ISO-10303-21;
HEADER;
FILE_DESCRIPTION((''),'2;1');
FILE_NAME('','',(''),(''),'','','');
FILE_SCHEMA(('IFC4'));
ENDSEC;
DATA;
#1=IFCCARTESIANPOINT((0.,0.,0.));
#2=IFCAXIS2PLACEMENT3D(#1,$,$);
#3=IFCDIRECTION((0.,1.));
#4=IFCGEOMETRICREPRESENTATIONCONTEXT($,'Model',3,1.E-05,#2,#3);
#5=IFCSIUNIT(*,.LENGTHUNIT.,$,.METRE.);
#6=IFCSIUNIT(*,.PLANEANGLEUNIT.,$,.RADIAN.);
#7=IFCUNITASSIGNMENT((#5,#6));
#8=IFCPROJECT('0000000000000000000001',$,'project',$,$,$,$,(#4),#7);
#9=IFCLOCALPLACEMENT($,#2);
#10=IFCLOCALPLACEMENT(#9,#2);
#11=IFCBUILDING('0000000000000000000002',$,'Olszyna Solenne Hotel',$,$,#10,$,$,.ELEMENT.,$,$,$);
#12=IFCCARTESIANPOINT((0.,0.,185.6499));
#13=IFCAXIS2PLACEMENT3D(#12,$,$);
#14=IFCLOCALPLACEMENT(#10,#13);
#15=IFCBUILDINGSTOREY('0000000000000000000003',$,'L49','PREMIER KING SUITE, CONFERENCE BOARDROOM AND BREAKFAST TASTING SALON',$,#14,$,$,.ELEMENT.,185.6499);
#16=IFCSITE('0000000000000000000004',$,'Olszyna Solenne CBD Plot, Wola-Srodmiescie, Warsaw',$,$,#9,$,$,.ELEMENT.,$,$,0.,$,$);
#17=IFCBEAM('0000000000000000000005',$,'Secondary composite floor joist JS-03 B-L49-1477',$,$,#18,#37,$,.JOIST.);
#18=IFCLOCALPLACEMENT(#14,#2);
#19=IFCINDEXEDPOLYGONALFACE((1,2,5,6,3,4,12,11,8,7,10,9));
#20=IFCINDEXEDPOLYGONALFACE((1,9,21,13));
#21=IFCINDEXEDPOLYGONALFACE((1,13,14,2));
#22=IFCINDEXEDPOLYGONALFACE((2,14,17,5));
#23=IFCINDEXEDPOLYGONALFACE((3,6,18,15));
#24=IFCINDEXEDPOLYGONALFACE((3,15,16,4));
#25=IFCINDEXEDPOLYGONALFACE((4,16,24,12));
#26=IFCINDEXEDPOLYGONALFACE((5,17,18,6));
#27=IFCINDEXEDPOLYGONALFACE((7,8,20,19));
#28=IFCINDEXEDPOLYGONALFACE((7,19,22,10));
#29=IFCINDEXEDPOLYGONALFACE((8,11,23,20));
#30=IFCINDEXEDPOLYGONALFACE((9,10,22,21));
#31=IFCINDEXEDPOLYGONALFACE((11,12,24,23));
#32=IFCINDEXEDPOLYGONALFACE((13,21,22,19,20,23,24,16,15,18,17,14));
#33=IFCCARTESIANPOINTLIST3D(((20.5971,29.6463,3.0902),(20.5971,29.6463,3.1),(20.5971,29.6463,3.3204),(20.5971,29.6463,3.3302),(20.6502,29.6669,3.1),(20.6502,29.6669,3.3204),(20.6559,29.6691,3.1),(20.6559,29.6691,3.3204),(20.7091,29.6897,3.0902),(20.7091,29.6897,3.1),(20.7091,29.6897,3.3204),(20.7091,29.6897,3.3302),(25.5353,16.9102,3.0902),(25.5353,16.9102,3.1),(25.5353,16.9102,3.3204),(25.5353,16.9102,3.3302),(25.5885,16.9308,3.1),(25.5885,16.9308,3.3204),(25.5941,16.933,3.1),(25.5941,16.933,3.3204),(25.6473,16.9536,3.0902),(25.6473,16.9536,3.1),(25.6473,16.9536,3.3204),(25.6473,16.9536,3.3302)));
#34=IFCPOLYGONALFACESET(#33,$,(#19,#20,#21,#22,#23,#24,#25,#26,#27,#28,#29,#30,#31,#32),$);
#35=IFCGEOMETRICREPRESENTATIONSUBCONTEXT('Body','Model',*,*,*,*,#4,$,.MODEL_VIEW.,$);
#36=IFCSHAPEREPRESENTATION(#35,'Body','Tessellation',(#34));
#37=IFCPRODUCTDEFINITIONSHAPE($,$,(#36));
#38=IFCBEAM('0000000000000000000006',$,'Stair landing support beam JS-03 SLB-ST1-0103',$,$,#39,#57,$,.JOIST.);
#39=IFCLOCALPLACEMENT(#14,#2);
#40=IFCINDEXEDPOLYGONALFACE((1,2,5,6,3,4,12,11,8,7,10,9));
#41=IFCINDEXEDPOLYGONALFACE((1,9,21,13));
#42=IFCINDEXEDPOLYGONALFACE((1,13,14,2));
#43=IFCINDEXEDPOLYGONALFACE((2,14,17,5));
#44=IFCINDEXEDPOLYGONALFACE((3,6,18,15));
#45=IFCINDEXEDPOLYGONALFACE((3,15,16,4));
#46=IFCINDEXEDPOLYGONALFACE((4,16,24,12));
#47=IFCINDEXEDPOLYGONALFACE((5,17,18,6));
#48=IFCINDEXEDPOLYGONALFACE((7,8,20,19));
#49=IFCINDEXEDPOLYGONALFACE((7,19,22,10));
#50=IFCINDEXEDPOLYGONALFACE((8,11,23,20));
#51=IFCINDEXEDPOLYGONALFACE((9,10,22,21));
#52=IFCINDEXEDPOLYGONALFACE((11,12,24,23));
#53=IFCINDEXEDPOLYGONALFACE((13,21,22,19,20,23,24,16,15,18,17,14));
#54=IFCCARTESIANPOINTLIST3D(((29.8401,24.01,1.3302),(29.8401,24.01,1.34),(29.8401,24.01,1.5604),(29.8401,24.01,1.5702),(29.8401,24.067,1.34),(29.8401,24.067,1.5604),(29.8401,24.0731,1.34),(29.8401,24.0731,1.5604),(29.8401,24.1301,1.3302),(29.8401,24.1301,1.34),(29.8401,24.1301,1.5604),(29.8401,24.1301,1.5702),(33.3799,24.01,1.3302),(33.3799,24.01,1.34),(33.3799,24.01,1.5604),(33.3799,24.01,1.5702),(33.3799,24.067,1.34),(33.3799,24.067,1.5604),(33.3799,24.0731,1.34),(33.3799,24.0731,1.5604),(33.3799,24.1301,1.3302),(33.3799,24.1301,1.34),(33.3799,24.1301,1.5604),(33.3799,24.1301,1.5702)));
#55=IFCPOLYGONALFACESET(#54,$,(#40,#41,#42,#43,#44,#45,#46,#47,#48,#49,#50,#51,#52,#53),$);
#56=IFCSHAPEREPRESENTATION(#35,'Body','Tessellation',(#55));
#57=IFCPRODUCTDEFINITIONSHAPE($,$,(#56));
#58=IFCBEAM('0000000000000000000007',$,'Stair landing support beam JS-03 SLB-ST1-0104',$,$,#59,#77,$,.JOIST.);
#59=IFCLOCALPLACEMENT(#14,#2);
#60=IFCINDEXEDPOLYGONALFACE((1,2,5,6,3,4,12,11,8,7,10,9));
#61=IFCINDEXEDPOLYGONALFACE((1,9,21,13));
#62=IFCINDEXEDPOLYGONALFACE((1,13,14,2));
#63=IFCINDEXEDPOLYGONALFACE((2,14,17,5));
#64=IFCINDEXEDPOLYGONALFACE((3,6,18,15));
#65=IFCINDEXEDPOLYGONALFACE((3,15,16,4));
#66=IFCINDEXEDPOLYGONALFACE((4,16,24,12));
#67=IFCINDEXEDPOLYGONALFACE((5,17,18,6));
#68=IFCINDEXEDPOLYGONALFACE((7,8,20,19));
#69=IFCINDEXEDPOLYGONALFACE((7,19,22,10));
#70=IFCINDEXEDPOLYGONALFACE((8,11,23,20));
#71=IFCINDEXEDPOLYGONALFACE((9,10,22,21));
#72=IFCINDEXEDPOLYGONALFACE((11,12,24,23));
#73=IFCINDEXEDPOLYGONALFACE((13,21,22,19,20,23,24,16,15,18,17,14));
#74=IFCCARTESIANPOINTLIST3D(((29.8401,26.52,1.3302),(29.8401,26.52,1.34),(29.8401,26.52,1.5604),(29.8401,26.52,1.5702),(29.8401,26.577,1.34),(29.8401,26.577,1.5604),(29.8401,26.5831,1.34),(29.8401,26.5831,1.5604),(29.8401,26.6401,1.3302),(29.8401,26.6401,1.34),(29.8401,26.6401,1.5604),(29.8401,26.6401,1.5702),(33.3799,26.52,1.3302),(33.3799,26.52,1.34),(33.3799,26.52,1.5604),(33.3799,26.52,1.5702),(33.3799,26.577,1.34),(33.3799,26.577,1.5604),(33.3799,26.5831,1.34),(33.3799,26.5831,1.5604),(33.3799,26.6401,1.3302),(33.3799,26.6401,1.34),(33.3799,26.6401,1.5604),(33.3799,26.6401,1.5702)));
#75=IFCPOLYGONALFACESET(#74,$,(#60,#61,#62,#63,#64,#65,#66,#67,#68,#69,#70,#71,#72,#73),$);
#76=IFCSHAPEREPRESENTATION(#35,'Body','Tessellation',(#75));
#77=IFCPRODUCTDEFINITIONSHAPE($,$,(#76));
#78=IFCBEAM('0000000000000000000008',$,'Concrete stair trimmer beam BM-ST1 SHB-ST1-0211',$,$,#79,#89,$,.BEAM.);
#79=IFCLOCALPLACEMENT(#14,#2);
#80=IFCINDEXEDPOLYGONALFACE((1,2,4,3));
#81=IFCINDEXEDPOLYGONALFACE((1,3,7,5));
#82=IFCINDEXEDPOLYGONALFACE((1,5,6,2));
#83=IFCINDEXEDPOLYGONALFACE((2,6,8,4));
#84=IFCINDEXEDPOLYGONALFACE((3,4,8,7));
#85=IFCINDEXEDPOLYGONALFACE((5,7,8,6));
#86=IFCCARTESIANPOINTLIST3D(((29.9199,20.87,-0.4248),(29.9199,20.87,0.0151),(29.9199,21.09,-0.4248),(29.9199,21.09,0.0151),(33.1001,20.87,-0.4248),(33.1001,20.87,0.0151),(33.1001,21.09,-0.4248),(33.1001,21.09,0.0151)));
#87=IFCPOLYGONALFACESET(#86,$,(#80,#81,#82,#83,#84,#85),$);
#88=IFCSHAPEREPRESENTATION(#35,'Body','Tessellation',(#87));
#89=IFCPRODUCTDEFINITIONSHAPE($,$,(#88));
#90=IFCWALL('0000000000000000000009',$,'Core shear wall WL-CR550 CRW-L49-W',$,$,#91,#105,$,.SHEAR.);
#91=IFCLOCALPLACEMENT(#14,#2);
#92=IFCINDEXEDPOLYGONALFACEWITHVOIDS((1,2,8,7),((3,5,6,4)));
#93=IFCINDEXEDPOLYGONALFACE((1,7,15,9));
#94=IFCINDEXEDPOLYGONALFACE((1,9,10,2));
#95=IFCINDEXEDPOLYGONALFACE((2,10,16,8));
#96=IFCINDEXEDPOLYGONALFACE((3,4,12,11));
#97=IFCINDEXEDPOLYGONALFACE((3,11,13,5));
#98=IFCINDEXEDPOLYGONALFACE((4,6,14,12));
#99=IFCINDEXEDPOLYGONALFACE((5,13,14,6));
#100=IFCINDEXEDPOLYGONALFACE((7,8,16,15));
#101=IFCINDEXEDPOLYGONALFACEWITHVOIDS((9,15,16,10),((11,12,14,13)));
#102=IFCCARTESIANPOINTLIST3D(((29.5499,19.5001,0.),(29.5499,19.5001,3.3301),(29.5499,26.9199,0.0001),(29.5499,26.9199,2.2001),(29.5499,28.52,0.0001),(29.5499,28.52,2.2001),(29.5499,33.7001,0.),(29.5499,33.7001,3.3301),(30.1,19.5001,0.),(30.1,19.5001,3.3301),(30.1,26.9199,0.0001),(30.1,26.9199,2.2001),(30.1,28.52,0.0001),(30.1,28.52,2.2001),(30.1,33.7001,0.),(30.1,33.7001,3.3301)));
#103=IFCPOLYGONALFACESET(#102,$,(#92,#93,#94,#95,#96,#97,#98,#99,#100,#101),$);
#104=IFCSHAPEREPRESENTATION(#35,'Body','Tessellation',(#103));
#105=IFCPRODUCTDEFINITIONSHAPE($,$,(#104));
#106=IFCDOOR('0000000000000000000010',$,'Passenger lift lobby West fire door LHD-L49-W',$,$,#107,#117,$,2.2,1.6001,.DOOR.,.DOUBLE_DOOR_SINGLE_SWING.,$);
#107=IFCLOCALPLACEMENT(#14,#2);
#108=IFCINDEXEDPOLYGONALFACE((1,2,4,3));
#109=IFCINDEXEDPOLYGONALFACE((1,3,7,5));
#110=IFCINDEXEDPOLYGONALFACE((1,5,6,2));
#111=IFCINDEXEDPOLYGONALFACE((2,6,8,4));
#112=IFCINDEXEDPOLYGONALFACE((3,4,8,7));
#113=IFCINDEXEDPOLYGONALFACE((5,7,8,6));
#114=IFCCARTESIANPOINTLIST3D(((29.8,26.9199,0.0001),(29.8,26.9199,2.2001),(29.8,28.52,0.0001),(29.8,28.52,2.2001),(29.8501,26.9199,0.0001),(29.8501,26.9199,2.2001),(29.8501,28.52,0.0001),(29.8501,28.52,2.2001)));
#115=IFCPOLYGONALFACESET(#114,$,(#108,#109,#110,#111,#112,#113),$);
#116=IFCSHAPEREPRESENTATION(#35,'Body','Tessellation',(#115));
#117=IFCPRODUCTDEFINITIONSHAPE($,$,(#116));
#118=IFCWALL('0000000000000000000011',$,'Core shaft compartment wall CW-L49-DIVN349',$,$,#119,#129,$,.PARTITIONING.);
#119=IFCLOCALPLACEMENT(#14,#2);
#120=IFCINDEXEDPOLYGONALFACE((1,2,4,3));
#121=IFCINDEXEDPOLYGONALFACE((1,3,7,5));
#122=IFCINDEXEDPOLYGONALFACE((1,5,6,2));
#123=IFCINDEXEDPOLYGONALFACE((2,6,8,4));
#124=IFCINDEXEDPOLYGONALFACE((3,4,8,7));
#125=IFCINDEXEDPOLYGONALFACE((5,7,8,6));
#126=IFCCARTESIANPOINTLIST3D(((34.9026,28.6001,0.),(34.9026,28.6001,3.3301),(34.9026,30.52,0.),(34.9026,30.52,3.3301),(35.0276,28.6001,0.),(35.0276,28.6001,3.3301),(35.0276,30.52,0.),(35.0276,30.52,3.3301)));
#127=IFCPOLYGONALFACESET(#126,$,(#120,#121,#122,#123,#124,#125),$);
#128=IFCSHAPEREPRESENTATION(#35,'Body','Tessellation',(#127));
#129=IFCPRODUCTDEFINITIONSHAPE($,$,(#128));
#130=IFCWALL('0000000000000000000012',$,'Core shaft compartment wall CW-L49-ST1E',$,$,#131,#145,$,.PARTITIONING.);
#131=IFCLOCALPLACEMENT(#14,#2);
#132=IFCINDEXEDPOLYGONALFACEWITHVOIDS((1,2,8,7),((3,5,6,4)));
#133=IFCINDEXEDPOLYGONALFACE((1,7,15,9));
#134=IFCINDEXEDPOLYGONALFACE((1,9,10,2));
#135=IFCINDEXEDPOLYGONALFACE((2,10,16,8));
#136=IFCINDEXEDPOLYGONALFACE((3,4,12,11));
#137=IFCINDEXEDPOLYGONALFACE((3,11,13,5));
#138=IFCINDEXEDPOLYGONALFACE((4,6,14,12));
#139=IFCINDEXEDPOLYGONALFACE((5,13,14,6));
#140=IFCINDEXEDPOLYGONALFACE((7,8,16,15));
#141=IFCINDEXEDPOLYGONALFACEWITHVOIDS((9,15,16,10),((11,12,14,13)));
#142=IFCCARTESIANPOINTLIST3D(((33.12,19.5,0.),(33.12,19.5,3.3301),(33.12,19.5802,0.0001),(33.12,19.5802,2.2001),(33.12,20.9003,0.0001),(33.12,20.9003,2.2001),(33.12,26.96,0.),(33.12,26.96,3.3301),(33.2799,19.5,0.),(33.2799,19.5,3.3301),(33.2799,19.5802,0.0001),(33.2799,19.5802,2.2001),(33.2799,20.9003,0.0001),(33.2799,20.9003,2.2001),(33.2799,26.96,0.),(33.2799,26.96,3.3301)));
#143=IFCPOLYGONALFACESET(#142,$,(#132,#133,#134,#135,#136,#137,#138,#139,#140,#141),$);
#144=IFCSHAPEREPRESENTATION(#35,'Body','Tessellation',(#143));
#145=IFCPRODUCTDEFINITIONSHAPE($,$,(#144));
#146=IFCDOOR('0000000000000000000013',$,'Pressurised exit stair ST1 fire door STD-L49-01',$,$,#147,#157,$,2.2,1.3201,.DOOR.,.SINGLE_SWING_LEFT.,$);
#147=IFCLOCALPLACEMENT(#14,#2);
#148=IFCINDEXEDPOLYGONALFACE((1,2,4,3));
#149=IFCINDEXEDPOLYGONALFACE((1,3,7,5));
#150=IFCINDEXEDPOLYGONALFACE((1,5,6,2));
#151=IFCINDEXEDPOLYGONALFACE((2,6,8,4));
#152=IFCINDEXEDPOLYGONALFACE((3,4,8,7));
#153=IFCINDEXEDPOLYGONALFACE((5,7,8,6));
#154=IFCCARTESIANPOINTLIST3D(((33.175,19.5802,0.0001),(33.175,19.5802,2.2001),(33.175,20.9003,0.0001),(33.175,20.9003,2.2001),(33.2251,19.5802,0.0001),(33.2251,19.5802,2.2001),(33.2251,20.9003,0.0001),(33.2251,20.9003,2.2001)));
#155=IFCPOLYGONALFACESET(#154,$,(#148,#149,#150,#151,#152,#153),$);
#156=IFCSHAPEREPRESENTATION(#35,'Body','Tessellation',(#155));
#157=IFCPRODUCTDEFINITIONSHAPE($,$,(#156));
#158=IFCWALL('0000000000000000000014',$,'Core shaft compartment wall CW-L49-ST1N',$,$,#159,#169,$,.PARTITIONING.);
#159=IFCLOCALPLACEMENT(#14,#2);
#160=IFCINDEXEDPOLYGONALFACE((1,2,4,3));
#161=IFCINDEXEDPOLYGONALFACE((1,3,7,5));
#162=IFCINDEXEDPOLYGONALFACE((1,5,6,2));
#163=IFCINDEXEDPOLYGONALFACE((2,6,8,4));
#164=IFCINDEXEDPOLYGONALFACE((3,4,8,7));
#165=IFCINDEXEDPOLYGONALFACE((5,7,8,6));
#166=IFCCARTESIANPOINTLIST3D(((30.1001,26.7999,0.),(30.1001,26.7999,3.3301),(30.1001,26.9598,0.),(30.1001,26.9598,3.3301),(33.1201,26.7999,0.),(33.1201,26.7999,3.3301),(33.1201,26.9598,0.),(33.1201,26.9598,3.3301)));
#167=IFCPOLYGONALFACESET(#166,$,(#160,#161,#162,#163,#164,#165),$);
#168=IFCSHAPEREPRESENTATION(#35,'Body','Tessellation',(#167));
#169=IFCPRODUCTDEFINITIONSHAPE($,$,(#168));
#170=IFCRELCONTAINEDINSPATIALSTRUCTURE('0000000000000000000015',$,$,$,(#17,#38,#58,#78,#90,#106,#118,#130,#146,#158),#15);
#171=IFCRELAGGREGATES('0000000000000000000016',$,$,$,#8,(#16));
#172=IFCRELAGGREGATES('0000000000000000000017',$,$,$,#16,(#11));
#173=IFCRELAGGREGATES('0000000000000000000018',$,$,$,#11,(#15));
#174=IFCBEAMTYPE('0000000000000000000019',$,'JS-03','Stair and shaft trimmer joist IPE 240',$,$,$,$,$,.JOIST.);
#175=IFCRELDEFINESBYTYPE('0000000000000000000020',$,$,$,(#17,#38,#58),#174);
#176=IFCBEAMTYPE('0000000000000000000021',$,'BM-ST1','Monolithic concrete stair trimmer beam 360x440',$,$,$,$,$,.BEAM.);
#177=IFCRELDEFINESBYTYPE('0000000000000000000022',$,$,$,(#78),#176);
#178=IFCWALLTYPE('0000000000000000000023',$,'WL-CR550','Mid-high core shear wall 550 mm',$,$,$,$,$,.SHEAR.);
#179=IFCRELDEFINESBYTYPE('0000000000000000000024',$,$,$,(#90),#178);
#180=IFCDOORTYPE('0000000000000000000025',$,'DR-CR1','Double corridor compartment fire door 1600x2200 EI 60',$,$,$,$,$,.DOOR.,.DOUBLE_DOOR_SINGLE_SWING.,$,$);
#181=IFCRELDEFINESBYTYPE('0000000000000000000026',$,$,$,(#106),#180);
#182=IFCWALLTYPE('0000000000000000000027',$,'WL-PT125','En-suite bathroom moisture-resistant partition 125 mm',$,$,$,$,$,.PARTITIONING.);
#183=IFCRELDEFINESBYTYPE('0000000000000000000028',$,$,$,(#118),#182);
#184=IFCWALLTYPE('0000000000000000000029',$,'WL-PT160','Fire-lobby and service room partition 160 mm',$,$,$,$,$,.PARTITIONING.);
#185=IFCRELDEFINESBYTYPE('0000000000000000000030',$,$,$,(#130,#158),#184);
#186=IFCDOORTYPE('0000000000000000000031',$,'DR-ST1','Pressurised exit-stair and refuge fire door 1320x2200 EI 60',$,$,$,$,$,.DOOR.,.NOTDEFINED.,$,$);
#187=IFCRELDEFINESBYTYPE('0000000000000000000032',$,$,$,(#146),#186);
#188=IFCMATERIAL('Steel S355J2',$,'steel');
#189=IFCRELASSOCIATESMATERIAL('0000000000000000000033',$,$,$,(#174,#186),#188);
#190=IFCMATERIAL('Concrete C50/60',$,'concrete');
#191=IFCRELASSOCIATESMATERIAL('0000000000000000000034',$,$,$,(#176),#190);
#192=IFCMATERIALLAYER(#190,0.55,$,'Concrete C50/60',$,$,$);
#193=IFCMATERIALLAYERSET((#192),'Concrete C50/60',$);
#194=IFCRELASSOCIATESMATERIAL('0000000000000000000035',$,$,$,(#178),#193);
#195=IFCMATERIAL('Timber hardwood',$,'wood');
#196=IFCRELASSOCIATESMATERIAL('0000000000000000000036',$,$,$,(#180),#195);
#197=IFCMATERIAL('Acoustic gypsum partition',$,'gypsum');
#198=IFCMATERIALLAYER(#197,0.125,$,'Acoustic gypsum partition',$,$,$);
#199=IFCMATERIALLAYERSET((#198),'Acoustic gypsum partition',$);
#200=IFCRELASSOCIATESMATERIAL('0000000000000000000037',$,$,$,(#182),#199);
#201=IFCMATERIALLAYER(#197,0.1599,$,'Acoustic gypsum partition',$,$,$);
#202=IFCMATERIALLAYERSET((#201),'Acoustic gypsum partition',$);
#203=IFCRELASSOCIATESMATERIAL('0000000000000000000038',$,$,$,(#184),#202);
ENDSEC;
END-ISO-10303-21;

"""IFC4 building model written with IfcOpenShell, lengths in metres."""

from ifc_helpers import new_model, si_unit, direction, frame, frame_2d, origin, origin_2d, place, context, subcontext, project, spatial, rectangle, i_section, extrude, source, transform, mapped, material, layer, layer_set, material_profile, profile_set, type_object, type_shapes, element, fill, save


model = new_model("IFC4")

# Units and contexts
model_context = context("Model", 3, precision=1e-05, world=origin(), true_north=direction((0.0, 1.0)))
body_context = subcontext(model_context, "Body", "Model", "MODEL_VIEW")
ifc_project = project(units=[si_unit("LENGTHUNIT", "METRE"), si_unit("PLANEANGLEUNIT", "RADIAN")], contexts=[model_context])

# Site, building, storey
site_placement = place(None, origin())
site = spatial("IfcSite", under=ifc_project, at=site_placement, Name="Olszyna Solenne CBD Plot, Wola-Srodmiescie, Warsaw", CompositionType="ELEMENT", RefElevation=0.0)
building_placement = place(site_placement, origin())
building = spatial("IfcBuilding", under=site, at=building_placement, Name="Olszyna Solenne Hotel", CompositionType="ELEMENT")
storey_placement = place(building_placement, frame((0.0, 0.0, 185.6499)))
storey = spatial("IfcBuildingStorey", under=building, at=storey_placement, Name="L49", Description="PREMIER KING SUITE, CONFERENCE BOARDROOM AND BREAKFAST TASTING SALON", CompositionType="ELEMENT", Elevation=185.6499)

# Beams
ifc_material_1 = material(Name="Steel S355J2", Category="steel")
ifc_material_profile_1 = material_profile(ifc_material_1, i_section(OverallWidth=0.1201, OverallDepth=0.24, WebThickness=0.0061, FlangeThickness=0.0098, at=origin_2d()), Name="IPE 240", Category="load-bearing")
ifc_profile_set_1 = profile_set([ifc_material_profile_1], Name="Steel S355J2")
beam_type_1 = type_object("IfcBeamType", Name="JS-03", Description="Stair and shaft trimmer joist IPE 240", PredefinedType="JOIST", material=ifc_profile_set_1)
shared_shape_1 = source(origin(), body_context, "Body", "SweptSolid", [
    extrude(i_section(OverallWidth=0.1201, OverallDepth=0.24, WebThickness=0.0061, FlangeThickness=0.0098, at=origin_2d()), origin(), (0.0, 0.0, 1.0), 13.6599),
])
beam_1_placement = place(storey_placement, frame((20.6531, 29.668, 3.2102), z_axis=(0.361512, -0.932367, 0.0), x_axis=(0.932367, 0.361512, 0.0)))
element("IfcBeam", 1, at=beam_1_placement, inside=storey, type_object=beam_type_1, Name="Secondary composite floor joist JS-03 B-L49-1477", PredefinedType="JOIST", context=body_context, shape_type="MappedRepresentation", body=[
    mapped(shared_shape_1, transform((0.0, 0.0, 0.0), x_axis=(1.0, 0.0, 0.0), y_axis=(0.0, 1.0, 0.0), z_axis=(0.0, 0.0, 1.0), scale=1.0)),
])
shared_shape_2 = source(origin(), body_context, "Body", "SweptSolid", [
    extrude(i_section(OverallWidth=0.1201, OverallDepth=0.24, WebThickness=0.0061, FlangeThickness=0.0098, at=origin_2d()), origin(), (0.0, 0.0, 1.0), 3.5398),
])
for number, where, z_axis, x_axis, name in (
    (2, (33.3799, 24.0701, 1.4502), (-1.0, 0.0, 0.0), (0.0, -1.0, 0.0), "Stair landing support beam JS-03 SLB-ST1-0103"),
    (3, (33.3799, 26.5801, 1.4502), (-1.0, 0.0, 0.0), (0.0, -1.0, 0.0), "Stair landing support beam JS-03 SLB-ST1-0104"),
):
    element("IfcBeam", number, at=place(storey_placement, frame(where, z_axis=z_axis, x_axis=x_axis)), inside=storey, type_object=beam_type_1, Name=name, PredefinedType="JOIST", context=body_context, shape_type="MappedRepresentation", body=[
        mapped(shared_shape_2, transform((0.0, 0.0, 0.0), x_axis=(1.0, 0.0, 0.0), y_axis=(0.0, 1.0, 0.0), z_axis=(0.0, 0.0, 1.0), scale=1.0)),
    ])
ifc_material_2 = material(Name="Concrete C50/60", Category="concrete")
ifc_material_profile_2 = material_profile(ifc_material_2, rectangle(XDim=0.22, YDim=0.4399, at=origin_2d()), Name="RC 220x440", Category="load-bearing")
ifc_profile_set_2 = profile_set([ifc_material_profile_2], Name="Concrete C50/60")
beam_type_2 = type_object("IfcBeamType", Name="BM-ST1", Description="Monolithic concrete stair trimmer beam 360x440", PredefinedType="BEAM", material=ifc_profile_set_2)
shared_shape_3 = source(origin(), body_context, "Body", "SweptSolid", [
    extrude(rectangle(XDim=0.22, YDim=0.4399, at=origin_2d()), origin(), (0.0, 0.0, 1.0), 3.1802),
])
beam_2_placement = place(storey_placement, frame((33.1001, 20.98, -0.2048), z_axis=(-1.0, 0.0, 0.0), x_axis=(0.0, -1.0, 0.0)))
element("IfcBeam", 4, at=beam_2_placement, inside=storey, type_object=beam_type_2, Name="Concrete stair trimmer beam BM-ST1 SHB-ST1-0211", PredefinedType="BEAM", context=body_context, shape_type="MappedRepresentation", body=[
    mapped(shared_shape_3, transform((0.0, 0.0, 0.0), x_axis=(1.0, 0.0, 0.0), y_axis=(0.0, 1.0, 0.0), z_axis=(0.0, 0.0, 1.0), scale=1.0)),
])

# Wall, opening, door
ifc_layer_1 = layer(ifc_material_2, 0.55, Name="Concrete C50/60")
ifc_layer_set_1 = layer_set([ifc_layer_1], Name="Concrete C50/60")
wall_type_1 = type_object("IfcWallType", Name="WL-CR550", Description="Mid-high core shear wall 550 mm", PredefinedType="SHEAR", material=ifc_layer_set_1)
wall_1_placement = place(storey_placement, frame((29.825, 19.5, 0.0), z_axis=(0.0, 0.0, 1.0), x_axis=(0.0, 1.0, 0.0)))
wall_1 = element("IfcWall", 5, at=wall_1_placement, inside=storey, type_object=wall_type_1, Name="Core shear wall WL-CR550 CRW-L49-W", PredefinedType="SHEAR", context=body_context, shape_type="SweptSolid", body=[
    extrude(rectangle(XDim=14.2, YDim=0.55, at=frame_2d((7.1001, 0.0))), origin(), (0.0, 0.0, 1.0), 3.3301),
])
opening_1_placement = place(wall_1_placement, frame((7.4199, 0.0, 0.0)))
opening_1 = element("IfcOpeningElement", 6, at=opening_1_placement, cuts=wall_1, PredefinedType="OPENING", context=body_context, shape_type="SweptSolid", body=[
    extrude(rectangle(XDim=1.6001, YDim=2.2, at=frame_2d((0.8, 1.1001))), frame((0.0, 0.2852, 0.0), z_axis=(0.0, -1.0, 0.0), x_axis=(1.0, 0.0, 0.0)), (0.0, 0.0, 1.0), 0.5701),
])
ifc_material_3 = material(Name="Timber hardwood", Category="wood")
door_type_1 = type_object("IfcDoorType", Name="DR-CR1", Description="Double corridor compartment fire door 1600x2200 EI 60", OperationType="DOUBLE_DOOR_SINGLE_SWING", PredefinedType="DOOR", material=ifc_material_3)
shared_shape_4 = source(origin(), body_context, "Body", "SweptSolid", [
    extrude(rectangle(XDim=1.6001, YDim=2.2, at=frame_2d((0.8, 1.1001))), frame((0.0, 0.0249, 0.0), z_axis=(0.0, -1.0, 0.0), x_axis=(1.0, 0.0, 0.0)), (0.0, 0.0, 1.0), 0.05),
])
type_shapes(door_type_1, [shared_shape_4])
door_1_placement = place(opening_1_placement, origin())
door_1 = element("IfcDoor", 7, at=door_1_placement, inside=storey, type_object=door_type_1, Name="Passenger lift lobby West fire door LHD-L49-W", OperationType="DOUBLE_DOOR_SINGLE_SWING", OverallHeight=2.2, OverallWidth=1.6001, PredefinedType="DOOR", context=body_context, shape_type="MappedRepresentation", body=[
    mapped(shared_shape_4, transform((0.0, 0.0, 0.0), x_axis=(1.0, 0.0, 0.0), y_axis=(0.0, 1.0, 0.0), z_axis=(0.0, 0.0, 1.0), scale=1.0)),
])
fill(opening_1, door_1)

# Wall
ifc_material_4 = material(Name="Acoustic gypsum partition", Category="gypsum")
ifc_layer_2 = layer(ifc_material_4, 0.125, Name="Acoustic gypsum partition")
ifc_layer_set_2 = layer_set([ifc_layer_2], Name="Acoustic gypsum partition")
wall_type_2 = type_object("IfcWallType", Name="WL-PT125", Description="En-suite bathroom moisture-resistant partition 125 mm", PredefinedType="PARTITIONING", material=ifc_layer_set_2)
wall_2_placement = place(storey_placement, frame((34.9651, 28.6001, 0.0), z_axis=(0.0, 0.0, 1.0), x_axis=(0.0, 1.0, 0.0)))
element("IfcWall", 8, at=wall_2_placement, inside=storey, type_object=wall_type_2, Name="Core shaft compartment wall CW-L49-DIVN349", PredefinedType="PARTITIONING", context=body_context, shape_type="SweptSolid", body=[
    extrude(rectangle(XDim=1.9199, YDim=0.125, at=frame_2d((0.96, 0.0))), origin(), (0.0, 0.0, 1.0), 3.3301),
])

# Wall, opening, door
ifc_layer_3 = layer(ifc_material_4, 0.1599, Name="Acoustic gypsum partition")
ifc_layer_set_3 = layer_set([ifc_layer_3], Name="Acoustic gypsum partition")
wall_type_3 = type_object("IfcWallType", Name="WL-PT160", Description="Fire-lobby and service room partition 160 mm", PredefinedType="PARTITIONING", material=ifc_layer_set_3)
wall_3_placement = place(storey_placement, frame((33.2, 19.5, 0.0), z_axis=(0.0, 0.0, 1.0), x_axis=(0.0, 1.0, 0.0)))
wall_3 = element("IfcWall", 9, at=wall_3_placement, inside=storey, type_object=wall_type_3, Name="Core shaft compartment wall CW-L49-ST1E", PredefinedType="PARTITIONING", context=body_context, shape_type="SweptSolid", body=[
    extrude(rectangle(XDim=7.46, YDim=0.1599, at=frame_2d((3.73, 0.0))), origin(), (0.0, 0.0, 1.0), 3.3301),
])
opening_2_placement = place(wall_3_placement, frame((0.0801, 0.0, 0.0)))
opening_2 = element("IfcOpeningElement", 10, at=opening_2_placement, cuts=wall_3, PredefinedType="OPENING", context=body_context, shape_type="SweptSolid", body=[
    extrude(rectangle(XDim=1.3201, YDim=2.2, at=frame_2d((0.6602, 1.1001))), frame((0.0, 0.0898, 0.0), z_axis=(0.0, -1.0, 0.0), x_axis=(1.0, 0.0, 0.0)), (0.0, 0.0, 1.0), 0.1799),
])
door_type_2 = type_object("IfcDoorType", Name="DR-ST1", Description="Pressurised exit-stair and refuge fire door 1320x2200 EI 60", OperationType="NOTDEFINED", PredefinedType="DOOR", material=ifc_material_1)
shared_shape_5 = source(origin(), body_context, "Body", "SweptSolid", [
    extrude(rectangle(XDim=1.3201, YDim=2.2, at=frame_2d((0.6602, 1.1001))), frame((0.0, 0.0249, 0.0), z_axis=(0.0, -1.0, 0.0), x_axis=(1.0, 0.0, 0.0)), (0.0, 0.0, 1.0), 0.05),
])
type_shapes(door_type_2, [shared_shape_5])
door_2_placement = place(opening_2_placement, origin())
door_2 = element("IfcDoor", 11, at=door_2_placement, inside=storey, type_object=door_type_2, Name="Pressurised exit stair ST1 fire door STD-L49-01", OperationType="SINGLE_SWING_LEFT", OverallHeight=2.2, OverallWidth=1.3201, PredefinedType="DOOR", context=body_context, shape_type="MappedRepresentation", body=[
    mapped(shared_shape_5, transform((0.0, 0.0, 0.0), x_axis=(1.0, 0.0, 0.0), y_axis=(0.0, 1.0, 0.0), z_axis=(0.0, 0.0, 1.0), scale=1.0)),
])
fill(opening_2, door_2)

# Wall
wall_4_placement = place(storey_placement, frame((30.1001, 26.8799, 0.0), z_axis=(0.0, 0.0, 1.0), x_axis=(1.0, 0.0, 0.0)))
element("IfcWall", 12, at=wall_4_placement, inside=storey, type_object=wall_type_3, Name="Core shaft compartment wall CW-L49-ST1N", PredefinedType="PARTITIONING", context=body_context, shape_type="SweptSolid", body=[
    extrude(rectangle(XDim=3.02, YDim=0.1599, at=frame_2d((1.51, 0.0))), origin(), (0.0, 0.0, 1.0), 3.3301),
])

save(model, "model.ifc")
